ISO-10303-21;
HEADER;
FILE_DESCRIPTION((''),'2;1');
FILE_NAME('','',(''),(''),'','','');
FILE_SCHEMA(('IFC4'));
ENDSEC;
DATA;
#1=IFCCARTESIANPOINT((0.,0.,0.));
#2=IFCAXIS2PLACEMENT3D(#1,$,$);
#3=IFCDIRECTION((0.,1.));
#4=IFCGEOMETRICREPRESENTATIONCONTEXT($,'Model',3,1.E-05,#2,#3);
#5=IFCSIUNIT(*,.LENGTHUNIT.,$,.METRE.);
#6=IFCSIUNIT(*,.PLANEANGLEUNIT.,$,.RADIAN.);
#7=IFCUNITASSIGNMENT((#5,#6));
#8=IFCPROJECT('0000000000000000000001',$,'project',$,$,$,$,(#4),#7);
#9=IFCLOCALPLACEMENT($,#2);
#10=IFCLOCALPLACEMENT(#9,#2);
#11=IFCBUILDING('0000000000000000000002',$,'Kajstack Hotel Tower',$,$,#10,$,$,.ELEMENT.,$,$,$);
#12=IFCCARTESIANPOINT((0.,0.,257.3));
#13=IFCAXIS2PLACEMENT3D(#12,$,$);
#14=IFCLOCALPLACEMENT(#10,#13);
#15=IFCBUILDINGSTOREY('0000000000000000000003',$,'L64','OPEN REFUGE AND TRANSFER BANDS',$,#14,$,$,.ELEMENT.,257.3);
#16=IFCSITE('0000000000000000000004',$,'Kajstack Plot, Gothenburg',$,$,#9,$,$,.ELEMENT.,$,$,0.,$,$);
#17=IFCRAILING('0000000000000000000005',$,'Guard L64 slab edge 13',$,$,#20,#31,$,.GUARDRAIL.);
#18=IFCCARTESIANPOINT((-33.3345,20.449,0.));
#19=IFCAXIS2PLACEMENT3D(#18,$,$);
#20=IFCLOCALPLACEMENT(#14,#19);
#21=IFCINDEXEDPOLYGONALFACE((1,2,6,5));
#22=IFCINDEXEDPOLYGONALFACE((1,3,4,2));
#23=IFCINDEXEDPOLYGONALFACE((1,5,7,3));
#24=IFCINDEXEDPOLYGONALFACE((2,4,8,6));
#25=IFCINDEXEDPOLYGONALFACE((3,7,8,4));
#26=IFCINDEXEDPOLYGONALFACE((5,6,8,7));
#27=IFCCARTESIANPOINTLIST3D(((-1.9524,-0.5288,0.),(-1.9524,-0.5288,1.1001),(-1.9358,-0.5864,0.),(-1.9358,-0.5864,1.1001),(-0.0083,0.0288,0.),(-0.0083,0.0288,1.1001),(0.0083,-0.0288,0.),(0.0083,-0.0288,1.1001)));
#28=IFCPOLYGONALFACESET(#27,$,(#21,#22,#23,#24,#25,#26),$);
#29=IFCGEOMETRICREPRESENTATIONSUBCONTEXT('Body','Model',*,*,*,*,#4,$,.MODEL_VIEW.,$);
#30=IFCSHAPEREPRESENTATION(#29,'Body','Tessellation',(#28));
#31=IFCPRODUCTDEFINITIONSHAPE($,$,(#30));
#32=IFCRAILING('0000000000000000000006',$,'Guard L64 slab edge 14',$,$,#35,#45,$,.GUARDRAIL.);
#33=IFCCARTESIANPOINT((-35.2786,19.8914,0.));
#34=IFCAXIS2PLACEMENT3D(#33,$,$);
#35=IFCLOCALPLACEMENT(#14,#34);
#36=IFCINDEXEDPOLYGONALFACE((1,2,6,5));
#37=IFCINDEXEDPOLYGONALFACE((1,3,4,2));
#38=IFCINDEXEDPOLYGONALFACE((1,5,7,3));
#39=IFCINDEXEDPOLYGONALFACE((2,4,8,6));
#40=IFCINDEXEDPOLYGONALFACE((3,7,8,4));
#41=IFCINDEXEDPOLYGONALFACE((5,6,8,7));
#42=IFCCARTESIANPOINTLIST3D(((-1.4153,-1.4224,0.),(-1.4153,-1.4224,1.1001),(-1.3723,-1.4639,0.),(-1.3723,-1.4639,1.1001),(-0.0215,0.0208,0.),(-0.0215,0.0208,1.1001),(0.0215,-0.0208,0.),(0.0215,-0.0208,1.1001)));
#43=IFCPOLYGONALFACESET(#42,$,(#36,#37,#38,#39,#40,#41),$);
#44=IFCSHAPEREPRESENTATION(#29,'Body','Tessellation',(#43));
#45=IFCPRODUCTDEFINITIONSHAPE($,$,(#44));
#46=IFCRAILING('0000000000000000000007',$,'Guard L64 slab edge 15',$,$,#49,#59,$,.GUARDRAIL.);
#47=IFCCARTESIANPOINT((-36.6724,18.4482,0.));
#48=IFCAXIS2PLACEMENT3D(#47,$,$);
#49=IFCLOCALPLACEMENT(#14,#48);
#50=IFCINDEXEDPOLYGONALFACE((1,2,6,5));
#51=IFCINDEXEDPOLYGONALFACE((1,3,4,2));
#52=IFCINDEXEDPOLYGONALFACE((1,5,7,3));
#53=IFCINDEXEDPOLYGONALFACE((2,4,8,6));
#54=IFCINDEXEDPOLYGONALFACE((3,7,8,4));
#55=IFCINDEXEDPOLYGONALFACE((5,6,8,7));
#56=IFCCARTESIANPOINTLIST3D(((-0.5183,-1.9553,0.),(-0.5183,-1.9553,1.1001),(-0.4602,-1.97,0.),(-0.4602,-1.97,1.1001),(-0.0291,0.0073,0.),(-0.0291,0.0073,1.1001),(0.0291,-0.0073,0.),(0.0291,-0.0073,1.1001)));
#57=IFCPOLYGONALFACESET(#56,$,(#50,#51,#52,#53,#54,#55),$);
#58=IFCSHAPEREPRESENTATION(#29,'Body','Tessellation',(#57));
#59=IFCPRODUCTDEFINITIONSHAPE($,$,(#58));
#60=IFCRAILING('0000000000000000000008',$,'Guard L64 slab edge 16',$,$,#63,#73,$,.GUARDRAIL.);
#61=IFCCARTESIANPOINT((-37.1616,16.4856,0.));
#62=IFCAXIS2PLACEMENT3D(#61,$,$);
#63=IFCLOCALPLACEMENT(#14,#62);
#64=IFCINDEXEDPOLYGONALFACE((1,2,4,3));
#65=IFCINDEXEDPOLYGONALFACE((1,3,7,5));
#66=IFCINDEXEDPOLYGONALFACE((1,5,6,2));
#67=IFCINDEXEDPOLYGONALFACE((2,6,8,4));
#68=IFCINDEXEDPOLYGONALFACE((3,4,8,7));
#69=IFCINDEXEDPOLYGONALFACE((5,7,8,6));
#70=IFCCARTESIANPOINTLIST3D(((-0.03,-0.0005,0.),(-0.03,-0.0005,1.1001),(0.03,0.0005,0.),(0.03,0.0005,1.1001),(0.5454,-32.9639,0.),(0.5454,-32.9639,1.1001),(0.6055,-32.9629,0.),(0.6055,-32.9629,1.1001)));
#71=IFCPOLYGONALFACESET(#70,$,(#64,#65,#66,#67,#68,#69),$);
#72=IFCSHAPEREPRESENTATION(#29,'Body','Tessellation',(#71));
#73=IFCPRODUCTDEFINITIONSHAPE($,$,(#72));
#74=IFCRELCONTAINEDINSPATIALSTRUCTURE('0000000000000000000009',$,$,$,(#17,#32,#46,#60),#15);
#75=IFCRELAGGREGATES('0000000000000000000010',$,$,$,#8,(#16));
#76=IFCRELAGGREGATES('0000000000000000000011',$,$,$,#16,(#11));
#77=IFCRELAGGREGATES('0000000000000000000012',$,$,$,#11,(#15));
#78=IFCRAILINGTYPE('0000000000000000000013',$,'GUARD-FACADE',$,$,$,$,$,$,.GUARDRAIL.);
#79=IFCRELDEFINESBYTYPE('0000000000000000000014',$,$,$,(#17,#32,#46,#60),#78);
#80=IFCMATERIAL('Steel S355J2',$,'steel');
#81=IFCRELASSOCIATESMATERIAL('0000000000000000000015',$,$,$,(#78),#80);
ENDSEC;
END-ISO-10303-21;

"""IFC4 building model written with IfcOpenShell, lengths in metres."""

from ifc_helpers import new_model, si_unit, direction, frame, origin, place, context, subcontext, project, spatial, polyline, outline, extrude, material, type_object, element, save


model = new_model("IFC4")

# Units and contexts
model_context = context("Model", 3, precision=1e-05, world=origin(), true_north=direction((0.0, 1.0)))
body_context = subcontext(model_context, "Body", "Model", "MODEL_VIEW")
ifc_project = project(units=[si_unit("LENGTHUNIT", "METRE"), si_unit("PLANEANGLEUNIT", "RADIAN")], contexts=[model_context])

# Site, building, storey
site_placement = place(None, origin())
site = spatial("IfcSite", under=ifc_project, at=site_placement, Name="Kajstack Plot, Gothenburg", CompositionType="ELEMENT", RefElevation=0.0)
building_placement = place(site_placement, origin())
building = spatial("IfcBuilding", under=site, at=building_placement, Name="Kajstack Hotel Tower", CompositionType="ELEMENT")
storey_placement = place(building_placement, frame((0.0, 0.0, 257.3)))
storey = spatial("IfcBuildingStorey", under=building, at=storey_placement, Name="L64", Description="OPEN REFUGE AND TRANSFER BANDS", CompositionType="ELEMENT", Elevation=257.3)

# Shared definitions
ifc_material = material(Name="Steel S355J2", Category="steel")

# Railings
railing_type = type_object("IfcRailingType", Name="GUARD-FACADE", PredefinedType="GUARDRAIL", material=ifc_material)
railing_1_placement = place(storey_placement, frame((-33.3345, 20.449, 0.0)))
element("IfcRailing", 1, at=railing_1_placement, inside=storey, type_object=railing_type, Name="Guard L64 slab edge 13", PredefinedType="GUARDRAIL", context=body_context, shape_type="SweptSolid", body=[
    extrude(outline(polyline([(-1.9358, -0.5864), (-1.9524, -0.5288), (-0.0083, 0.0288), (0.0083, -0.0288), (-1.9358, -0.5864)])), origin(), (0.0, 0.0, 1.0), 1.1001),
])
railing_2_placement = place(storey_placement, frame((-35.2786, 19.8914, 0.0)))
element("IfcRailing", 2, at=railing_2_placement, inside=storey, type_object=railing_type, Name="Guard L64 slab edge 14", PredefinedType="GUARDRAIL", context=body_context, shape_type="SweptSolid", body=[
    extrude(outline(polyline([(-1.3723, -1.4639), (-1.4153, -1.4224), (-0.0215, 0.0208), (0.0215, -0.0208), (-1.3723, -1.4639)])), origin(), (0.0, 0.0, 1.0), 1.1001),
])
railing_3_placement = place(storey_placement, frame((-36.6724, 18.4482, 0.0)))
element("IfcRailing", 3, at=railing_3_placement, inside=storey, type_object=railing_type, Name="Guard L64 slab edge 15", PredefinedType="GUARDRAIL", context=body_context, shape_type="SweptSolid", body=[
    extrude(outline(polyline([(-0.4602, -1.97), (-0.5183, -1.9553), (-0.0291, 0.0073), (0.0291, -0.0073), (-0.4602, -1.97)])), origin(), (0.0, 0.0, 1.0), 1.1001),
])
railing_4_placement = place(storey_placement, frame((-37.1616, 16.4856, 0.0)))
element("IfcRailing", 4, at=railing_4_placement, inside=storey, type_object=railing_type, Name="Guard L64 slab edge 16", PredefinedType="GUARDRAIL", context=body_context, shape_type="SweptSolid", body=[
    extrude(outline(polyline([(0.6055, -32.9629), (0.5454, -32.9639), (-0.03, -0.0005), (0.03, 0.0005), (0.6055, -32.9629)])), origin(), (0.0, 0.0, 1.0), 1.1001),
])

save(model, "model.ifc")
